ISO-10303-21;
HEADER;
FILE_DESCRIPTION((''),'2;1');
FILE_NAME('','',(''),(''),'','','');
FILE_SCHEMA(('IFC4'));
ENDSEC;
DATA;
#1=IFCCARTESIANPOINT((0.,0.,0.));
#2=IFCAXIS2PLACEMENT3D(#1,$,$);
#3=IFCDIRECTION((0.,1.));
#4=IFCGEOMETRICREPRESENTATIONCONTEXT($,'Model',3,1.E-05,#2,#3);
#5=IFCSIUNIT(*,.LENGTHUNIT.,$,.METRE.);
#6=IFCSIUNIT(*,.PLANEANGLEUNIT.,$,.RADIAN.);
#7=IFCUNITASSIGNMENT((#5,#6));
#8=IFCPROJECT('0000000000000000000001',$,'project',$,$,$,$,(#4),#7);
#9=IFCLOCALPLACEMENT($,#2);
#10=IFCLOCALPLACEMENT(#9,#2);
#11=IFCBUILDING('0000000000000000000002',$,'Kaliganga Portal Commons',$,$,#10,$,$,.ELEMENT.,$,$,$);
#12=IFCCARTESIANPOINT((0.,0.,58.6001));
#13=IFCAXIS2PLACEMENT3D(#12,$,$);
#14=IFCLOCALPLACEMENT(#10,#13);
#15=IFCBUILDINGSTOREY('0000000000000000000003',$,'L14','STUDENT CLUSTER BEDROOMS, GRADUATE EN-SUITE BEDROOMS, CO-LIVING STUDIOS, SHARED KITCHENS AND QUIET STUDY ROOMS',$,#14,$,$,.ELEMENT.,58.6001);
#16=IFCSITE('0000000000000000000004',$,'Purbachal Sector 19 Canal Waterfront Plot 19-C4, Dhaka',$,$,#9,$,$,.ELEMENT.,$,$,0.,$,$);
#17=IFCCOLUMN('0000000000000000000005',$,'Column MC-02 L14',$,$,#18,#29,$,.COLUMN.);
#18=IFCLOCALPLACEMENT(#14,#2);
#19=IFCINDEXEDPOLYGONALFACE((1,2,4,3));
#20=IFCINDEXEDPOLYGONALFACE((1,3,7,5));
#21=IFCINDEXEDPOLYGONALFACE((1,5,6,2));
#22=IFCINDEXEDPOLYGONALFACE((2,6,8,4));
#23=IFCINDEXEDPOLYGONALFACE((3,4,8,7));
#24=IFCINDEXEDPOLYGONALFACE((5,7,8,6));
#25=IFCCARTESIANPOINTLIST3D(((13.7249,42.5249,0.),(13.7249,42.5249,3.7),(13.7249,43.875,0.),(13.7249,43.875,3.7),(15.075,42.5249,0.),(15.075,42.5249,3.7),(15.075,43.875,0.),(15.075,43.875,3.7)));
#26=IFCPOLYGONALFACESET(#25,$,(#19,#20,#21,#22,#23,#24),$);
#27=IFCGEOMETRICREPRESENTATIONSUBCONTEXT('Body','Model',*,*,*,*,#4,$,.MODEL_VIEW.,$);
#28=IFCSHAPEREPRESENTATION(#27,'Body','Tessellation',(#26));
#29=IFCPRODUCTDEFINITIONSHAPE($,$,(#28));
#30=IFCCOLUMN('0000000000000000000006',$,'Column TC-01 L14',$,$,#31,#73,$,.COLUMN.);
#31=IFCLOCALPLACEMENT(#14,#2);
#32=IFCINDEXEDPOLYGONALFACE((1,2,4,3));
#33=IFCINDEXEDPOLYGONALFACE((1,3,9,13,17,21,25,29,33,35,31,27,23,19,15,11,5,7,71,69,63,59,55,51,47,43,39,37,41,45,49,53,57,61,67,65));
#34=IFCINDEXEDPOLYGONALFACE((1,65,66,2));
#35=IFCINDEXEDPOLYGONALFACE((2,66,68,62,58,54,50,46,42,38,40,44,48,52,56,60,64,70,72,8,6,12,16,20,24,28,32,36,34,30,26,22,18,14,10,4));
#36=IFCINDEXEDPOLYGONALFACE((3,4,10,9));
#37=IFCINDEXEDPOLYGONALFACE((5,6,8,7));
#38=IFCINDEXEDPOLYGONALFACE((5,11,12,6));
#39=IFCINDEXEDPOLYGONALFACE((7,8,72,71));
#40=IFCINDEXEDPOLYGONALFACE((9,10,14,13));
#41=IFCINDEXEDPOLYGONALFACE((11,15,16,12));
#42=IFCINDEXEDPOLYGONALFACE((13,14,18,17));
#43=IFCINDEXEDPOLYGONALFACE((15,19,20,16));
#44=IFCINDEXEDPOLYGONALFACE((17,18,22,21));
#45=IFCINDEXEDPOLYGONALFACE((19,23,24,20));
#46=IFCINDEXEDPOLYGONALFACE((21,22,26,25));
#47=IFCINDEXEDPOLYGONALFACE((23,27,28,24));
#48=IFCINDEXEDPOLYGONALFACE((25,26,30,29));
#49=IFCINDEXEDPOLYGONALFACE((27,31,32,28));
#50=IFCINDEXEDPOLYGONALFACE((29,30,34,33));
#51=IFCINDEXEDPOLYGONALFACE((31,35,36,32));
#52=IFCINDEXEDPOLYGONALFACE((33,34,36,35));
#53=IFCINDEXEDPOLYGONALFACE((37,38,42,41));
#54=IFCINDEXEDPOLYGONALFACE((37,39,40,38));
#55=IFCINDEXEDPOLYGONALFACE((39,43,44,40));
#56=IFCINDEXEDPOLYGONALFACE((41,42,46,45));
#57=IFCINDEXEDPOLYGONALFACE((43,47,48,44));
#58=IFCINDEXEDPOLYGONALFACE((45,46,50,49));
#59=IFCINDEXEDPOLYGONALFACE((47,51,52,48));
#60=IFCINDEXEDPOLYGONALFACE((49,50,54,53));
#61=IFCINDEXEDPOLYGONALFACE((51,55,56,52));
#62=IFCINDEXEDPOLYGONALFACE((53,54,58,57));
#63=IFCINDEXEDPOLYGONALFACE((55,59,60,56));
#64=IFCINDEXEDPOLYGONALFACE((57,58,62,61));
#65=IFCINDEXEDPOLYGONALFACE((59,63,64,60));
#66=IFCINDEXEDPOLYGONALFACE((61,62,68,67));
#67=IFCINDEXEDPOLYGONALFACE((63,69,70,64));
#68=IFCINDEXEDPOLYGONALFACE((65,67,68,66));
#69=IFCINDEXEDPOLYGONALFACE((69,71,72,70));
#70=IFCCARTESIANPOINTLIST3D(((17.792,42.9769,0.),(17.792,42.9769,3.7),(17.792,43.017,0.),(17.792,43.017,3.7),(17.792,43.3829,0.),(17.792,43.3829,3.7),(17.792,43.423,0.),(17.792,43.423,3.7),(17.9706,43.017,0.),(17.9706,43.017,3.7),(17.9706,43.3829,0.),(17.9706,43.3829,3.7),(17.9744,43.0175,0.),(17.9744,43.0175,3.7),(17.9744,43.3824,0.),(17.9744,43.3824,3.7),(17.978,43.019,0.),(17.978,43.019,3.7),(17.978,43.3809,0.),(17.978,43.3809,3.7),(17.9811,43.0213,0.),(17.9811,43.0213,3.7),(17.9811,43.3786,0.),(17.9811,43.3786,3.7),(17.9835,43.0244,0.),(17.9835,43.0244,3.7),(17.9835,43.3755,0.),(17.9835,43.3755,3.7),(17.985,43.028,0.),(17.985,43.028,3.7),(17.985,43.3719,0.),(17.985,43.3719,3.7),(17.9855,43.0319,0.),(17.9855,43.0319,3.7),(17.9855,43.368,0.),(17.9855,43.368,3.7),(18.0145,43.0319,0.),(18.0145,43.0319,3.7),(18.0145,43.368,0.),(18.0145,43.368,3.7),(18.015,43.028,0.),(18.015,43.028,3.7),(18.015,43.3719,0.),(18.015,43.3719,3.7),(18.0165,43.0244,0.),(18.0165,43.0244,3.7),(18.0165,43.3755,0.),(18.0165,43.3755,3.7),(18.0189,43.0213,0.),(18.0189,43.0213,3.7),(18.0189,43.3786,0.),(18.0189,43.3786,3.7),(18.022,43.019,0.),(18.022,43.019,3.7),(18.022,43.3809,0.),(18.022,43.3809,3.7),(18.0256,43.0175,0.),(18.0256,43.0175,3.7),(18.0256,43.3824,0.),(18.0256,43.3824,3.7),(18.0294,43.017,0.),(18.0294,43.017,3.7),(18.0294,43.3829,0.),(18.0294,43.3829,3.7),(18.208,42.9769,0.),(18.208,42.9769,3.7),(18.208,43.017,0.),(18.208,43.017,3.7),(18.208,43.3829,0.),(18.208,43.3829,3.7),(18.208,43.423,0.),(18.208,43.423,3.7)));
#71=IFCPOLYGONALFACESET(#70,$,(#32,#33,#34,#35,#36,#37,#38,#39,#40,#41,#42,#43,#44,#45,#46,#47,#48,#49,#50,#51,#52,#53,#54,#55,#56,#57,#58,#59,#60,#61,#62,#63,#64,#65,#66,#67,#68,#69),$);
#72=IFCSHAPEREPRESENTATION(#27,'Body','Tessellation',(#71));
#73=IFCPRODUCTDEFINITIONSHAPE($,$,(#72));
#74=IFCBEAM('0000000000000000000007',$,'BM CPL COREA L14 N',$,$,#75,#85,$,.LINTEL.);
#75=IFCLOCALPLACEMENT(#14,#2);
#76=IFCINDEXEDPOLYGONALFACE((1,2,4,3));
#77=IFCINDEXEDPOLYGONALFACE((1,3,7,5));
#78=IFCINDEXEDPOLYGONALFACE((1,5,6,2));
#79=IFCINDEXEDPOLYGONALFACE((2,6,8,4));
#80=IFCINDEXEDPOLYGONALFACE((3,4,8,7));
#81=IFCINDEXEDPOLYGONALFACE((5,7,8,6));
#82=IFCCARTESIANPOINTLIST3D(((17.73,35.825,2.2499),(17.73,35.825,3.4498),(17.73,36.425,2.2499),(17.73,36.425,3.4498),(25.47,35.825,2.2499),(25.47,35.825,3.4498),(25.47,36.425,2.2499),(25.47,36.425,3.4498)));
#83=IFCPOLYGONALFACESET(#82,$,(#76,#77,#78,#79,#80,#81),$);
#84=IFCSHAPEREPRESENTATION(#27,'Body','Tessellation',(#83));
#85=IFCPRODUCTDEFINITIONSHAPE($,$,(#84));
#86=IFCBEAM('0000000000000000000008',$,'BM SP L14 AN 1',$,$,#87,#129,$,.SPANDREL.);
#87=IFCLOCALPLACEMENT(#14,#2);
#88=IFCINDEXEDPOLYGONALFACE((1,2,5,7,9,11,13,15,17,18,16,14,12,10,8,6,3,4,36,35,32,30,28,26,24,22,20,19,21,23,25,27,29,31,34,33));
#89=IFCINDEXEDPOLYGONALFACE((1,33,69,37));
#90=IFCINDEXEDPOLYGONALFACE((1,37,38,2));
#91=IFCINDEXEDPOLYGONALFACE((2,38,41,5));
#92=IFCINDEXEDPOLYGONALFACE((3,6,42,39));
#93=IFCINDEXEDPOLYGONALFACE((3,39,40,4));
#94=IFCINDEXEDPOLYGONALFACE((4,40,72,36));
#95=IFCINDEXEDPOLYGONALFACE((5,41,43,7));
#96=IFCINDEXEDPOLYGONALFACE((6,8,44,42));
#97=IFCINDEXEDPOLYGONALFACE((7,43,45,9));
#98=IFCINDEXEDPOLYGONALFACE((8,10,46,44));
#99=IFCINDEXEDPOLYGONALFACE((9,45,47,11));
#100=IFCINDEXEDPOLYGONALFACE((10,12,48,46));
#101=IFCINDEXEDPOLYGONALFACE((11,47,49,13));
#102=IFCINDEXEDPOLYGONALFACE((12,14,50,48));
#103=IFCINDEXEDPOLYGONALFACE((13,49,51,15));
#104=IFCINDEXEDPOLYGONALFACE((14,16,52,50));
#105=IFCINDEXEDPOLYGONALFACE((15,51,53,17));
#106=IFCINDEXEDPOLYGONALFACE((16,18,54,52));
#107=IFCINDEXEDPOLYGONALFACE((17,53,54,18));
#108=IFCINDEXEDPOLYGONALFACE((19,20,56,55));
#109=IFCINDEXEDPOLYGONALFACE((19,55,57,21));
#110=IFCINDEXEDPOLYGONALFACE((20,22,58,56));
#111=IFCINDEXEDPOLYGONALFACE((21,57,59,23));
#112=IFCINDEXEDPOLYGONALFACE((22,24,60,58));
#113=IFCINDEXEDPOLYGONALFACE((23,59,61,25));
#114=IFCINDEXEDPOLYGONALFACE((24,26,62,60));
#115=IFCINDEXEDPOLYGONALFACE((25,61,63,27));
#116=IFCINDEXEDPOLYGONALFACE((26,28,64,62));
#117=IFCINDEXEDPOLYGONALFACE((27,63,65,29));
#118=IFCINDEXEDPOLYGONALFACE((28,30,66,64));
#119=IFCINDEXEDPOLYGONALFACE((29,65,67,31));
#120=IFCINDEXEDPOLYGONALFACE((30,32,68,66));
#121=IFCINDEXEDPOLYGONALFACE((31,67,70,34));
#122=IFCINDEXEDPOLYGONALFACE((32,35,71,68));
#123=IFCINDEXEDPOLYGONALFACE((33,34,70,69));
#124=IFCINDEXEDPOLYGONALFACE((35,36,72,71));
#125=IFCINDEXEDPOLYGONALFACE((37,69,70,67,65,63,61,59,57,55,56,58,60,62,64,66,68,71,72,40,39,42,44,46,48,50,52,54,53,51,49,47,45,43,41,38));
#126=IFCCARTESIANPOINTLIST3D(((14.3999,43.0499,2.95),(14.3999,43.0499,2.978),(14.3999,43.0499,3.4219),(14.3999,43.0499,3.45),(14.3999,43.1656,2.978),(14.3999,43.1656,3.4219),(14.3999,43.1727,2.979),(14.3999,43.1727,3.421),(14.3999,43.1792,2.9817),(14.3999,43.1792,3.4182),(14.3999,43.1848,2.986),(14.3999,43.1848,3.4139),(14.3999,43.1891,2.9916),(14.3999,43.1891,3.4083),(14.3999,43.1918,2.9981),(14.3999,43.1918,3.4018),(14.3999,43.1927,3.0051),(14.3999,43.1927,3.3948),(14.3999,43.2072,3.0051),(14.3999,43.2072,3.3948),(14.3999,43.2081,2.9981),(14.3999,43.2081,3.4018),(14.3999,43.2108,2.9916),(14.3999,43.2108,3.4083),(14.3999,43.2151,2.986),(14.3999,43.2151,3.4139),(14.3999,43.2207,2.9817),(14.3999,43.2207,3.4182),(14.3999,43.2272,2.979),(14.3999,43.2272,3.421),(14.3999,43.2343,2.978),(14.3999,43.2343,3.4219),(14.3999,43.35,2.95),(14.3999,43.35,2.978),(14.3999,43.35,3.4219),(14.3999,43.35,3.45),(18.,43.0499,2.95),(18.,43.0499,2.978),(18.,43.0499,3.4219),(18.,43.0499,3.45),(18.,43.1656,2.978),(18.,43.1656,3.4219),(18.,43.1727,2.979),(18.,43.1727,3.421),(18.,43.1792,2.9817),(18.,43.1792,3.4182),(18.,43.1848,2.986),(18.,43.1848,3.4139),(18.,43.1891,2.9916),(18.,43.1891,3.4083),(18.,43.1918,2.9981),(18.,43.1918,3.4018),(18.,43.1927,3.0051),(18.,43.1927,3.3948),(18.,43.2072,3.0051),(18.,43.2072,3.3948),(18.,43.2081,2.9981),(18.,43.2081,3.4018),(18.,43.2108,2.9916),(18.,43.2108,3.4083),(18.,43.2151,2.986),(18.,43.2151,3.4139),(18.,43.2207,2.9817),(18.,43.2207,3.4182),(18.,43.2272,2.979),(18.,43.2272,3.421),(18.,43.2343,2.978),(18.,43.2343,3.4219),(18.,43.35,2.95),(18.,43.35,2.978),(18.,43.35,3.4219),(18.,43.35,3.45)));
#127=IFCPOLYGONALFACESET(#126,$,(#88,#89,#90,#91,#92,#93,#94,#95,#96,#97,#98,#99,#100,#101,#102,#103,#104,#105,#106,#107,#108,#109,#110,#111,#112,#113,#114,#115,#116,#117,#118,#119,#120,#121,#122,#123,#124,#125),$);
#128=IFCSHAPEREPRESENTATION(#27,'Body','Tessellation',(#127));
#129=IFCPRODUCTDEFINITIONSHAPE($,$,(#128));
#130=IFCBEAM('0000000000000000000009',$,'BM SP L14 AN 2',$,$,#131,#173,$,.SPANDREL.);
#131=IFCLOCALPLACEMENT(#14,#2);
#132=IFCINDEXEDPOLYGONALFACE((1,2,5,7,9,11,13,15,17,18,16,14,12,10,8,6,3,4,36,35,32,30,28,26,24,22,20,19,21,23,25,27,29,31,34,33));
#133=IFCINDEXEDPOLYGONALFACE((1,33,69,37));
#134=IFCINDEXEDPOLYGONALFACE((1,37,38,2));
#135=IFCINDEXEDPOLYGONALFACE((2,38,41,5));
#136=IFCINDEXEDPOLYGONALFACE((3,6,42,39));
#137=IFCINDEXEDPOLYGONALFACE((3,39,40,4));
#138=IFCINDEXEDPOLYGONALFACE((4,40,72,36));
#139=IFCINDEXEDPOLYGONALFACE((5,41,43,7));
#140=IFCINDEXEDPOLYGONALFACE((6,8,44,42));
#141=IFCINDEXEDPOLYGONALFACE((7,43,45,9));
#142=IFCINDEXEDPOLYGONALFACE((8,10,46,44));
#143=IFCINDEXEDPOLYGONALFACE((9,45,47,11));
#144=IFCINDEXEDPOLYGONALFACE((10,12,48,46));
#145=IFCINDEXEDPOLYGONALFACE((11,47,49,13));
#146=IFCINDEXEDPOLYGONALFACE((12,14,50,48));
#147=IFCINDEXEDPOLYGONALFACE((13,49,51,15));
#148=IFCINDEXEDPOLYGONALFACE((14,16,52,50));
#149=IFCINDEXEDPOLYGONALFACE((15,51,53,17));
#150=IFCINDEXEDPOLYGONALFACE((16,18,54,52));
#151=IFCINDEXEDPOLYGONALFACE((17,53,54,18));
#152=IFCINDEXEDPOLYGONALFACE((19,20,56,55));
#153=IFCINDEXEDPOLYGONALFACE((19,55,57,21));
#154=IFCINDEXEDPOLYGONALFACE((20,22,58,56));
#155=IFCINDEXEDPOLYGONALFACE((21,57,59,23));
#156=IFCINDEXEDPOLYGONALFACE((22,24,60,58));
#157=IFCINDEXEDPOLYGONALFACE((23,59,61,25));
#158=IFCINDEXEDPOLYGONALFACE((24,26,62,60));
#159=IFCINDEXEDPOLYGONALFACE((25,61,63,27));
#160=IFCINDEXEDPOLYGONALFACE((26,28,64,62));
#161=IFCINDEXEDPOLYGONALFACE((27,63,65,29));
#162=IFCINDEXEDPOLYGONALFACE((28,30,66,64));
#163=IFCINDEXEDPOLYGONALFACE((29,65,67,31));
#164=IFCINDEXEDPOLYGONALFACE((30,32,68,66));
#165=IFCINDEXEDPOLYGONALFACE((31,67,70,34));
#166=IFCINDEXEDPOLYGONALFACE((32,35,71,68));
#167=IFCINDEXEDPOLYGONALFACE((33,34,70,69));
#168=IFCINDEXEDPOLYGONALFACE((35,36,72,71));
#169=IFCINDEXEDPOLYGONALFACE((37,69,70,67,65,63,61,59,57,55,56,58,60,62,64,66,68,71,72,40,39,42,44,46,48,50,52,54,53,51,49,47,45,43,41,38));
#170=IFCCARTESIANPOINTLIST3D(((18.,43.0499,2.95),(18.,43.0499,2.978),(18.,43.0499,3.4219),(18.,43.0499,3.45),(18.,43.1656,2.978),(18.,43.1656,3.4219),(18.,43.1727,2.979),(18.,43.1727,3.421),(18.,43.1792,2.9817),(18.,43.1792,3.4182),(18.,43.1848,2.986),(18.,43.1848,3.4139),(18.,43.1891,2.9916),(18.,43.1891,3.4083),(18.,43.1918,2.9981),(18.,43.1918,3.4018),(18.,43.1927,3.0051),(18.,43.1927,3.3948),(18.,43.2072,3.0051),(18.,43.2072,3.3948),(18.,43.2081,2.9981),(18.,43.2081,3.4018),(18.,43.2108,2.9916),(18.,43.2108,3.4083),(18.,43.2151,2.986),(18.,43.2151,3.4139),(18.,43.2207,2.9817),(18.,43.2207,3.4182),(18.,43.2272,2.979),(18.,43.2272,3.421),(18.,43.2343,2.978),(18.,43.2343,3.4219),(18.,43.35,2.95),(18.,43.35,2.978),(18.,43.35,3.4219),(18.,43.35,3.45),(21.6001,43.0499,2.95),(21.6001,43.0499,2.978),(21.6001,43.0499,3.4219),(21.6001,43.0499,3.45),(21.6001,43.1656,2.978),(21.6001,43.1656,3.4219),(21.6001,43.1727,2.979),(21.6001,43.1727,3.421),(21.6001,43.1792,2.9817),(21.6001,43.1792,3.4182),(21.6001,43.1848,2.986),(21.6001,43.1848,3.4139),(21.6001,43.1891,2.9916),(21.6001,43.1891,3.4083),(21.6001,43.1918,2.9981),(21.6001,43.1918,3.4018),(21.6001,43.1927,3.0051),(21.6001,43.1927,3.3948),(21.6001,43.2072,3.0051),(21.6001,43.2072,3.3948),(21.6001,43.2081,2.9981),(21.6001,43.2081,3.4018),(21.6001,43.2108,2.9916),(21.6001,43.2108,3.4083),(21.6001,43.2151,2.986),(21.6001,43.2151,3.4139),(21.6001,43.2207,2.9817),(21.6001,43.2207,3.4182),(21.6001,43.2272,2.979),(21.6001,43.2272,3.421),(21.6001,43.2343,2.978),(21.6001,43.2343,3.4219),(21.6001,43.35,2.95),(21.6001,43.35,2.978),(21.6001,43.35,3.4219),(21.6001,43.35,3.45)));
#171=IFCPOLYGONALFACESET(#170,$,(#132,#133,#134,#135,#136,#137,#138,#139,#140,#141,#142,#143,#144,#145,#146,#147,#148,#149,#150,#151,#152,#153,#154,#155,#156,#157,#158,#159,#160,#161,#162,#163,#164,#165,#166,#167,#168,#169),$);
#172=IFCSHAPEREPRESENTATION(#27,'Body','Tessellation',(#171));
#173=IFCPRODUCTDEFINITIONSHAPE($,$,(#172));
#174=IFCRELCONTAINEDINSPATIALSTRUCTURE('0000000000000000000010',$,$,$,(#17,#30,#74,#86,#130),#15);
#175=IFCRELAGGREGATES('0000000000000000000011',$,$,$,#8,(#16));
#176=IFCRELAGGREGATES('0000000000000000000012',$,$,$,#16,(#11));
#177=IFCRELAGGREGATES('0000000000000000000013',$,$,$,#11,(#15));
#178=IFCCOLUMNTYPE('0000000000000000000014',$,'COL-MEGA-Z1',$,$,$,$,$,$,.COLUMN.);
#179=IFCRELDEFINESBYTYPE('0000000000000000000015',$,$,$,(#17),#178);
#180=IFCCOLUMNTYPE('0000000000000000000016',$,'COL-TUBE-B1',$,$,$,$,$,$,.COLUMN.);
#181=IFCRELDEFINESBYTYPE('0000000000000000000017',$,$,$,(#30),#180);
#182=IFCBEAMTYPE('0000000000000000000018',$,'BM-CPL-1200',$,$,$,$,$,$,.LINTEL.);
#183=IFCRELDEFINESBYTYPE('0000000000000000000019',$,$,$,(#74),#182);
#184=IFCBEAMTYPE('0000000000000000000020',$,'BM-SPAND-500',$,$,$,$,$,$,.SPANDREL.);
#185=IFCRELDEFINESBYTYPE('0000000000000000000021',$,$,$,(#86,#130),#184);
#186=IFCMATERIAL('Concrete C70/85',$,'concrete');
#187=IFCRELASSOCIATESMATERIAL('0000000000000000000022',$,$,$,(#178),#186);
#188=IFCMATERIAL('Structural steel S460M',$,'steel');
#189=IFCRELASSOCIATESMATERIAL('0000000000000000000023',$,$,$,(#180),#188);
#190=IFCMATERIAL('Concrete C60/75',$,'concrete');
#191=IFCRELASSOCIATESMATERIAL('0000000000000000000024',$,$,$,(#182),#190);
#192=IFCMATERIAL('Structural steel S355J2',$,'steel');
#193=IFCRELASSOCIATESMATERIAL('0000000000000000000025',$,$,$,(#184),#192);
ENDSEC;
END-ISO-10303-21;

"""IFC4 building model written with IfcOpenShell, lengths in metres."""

from ifc_helpers import new_model, si_unit, direction, frame, origin, origin_2d, place, context, subcontext, project, spatial, rectangle, i_section, extrude, source, transform, mapped, material, material_profile, profile_set, type_object, element, save


model = new_model("IFC4")

# Units and contexts
model_context = context("Model", 3, precision=1e-05, world=origin(), true_north=direction((0.0, 1.0)))
body_context = subcontext(model_context, "Body", "Model", "MODEL_VIEW")
ifc_project = project(units=[si_unit("LENGTHUNIT", "METRE"), si_unit("PLANEANGLEUNIT", "RADIAN")], contexts=[model_context])

# Site, building, storey
site_placement = place(None, origin())
site = spatial("IfcSite", under=ifc_project, at=site_placement, Name="Purbachal Sector 19 Canal Waterfront Plot 19-C4, Dhaka", CompositionType="ELEMENT", RefElevation=0.0)
building_placement = place(site_placement, origin())
building = spatial("IfcBuilding", under=site, at=building_placement, Name="Kaliganga Portal Commons", CompositionType="ELEMENT")
storey_placement = place(building_placement, frame((0.0, 0.0, 58.6001)))
storey = spatial("IfcBuildingStorey", under=building, at=storey_placement, Name="L14", Description="STUDENT CLUSTER BEDROOMS, GRADUATE EN-SUITE BEDROOMS, CO-LIVING STUDIOS, SHARED KITCHENS AND QUIET STUDY ROOMS", CompositionType="ELEMENT", Elevation=58.6001)

# Columns
ifc_material_1 = material(Name="Concrete C70/85", Category="concrete")
ifc_material_profile_1 = material_profile(ifc_material_1, rectangle(XDim=1.3501, YDim=1.3501, at=origin_2d()), Name="RC 1350x1350")
ifc_profile_set_1 = profile_set([ifc_material_profile_1], Name="Concrete C70/85")
column_type_1 = type_object("IfcColumnType", Name="COL-MEGA-Z1", PredefinedType="COLUMN", material=ifc_profile_set_1)
shared_shape_1 = source(origin(), body_context, "Body", "SweptSolid", [
    extrude(rectangle(XDim=1.3501, YDim=1.3501, at=origin_2d()), origin(), (0.0, 0.0, 1.0), 3.7),
])
column_1_placement = place(storey_placement, frame((14.3999, 43.2, 0.0), z_axis=(0.0, 0.0, 1.0), x_axis=(1.0, 0.0, 0.0)))
element("IfcColumn", 1, at=column_1_placement, inside=storey, type_object=column_type_1, Name="Column MC-02 L14", PredefinedType="COLUMN", context=body_context, shape_type="MappedRepresentation", body=[
    mapped(shared_shape_1, transform((0.0, 0.0, 0.0), x_axis=(1.0, 0.0, 0.0), y_axis=(0.0, 1.0, 0.0), z_axis=(0.0, 0.0, 1.0), scale=1.0)),
])
ifc_material_2 = material(Name="Structural steel S460M", Category="steel")
ifc_material_profile_2 = material_profile(ifc_material_2, i_section(OverallWidth=0.416, OverallDepth=0.446, WebThickness=0.0291, FlangeThickness=0.04, FilletRadius=0.0149, at=origin_2d()), Name="HD 400x509")
ifc_profile_set_2 = profile_set([ifc_material_profile_2], Name="Structural steel S460M wide-flange")
column_type_2 = type_object("IfcColumnType", Name="COL-TUBE-B1", PredefinedType="COLUMN", material=ifc_profile_set_2)
shared_shape_2 = source(origin(), body_context, "Body", "SweptSolid", [
    extrude(i_section(OverallWidth=0.416, OverallDepth=0.446, WebThickness=0.0291, FlangeThickness=0.04, FilletRadius=0.0149, at=origin_2d()), origin(), (0.0, 0.0, 1.0), 3.7),
])
column_2_placement = place(storey_placement, frame((18.0, 43.2, 0.0), z_axis=(0.0, 0.0, 1.0), x_axis=(1.0, 0.0, 0.0)))
element("IfcColumn", 2, at=column_2_placement, inside=storey, type_object=column_type_2, Name="Column TC-01 L14", PredefinedType="COLUMN", context=body_context, shape_type="MappedRepresentation", body=[
    mapped(shared_shape_2, transform((0.0, 0.0, 0.0), x_axis=(1.0, 0.0, 0.0), y_axis=(0.0, 1.0, 0.0), z_axis=(0.0, 0.0, 1.0), scale=1.0)),
])

# Beams
ifc_material_3 = material(Name="Concrete C60/75", Category="concrete")
ifc_material_profile_3 = material_profile(ifc_material_3, rectangle(XDim=0.6001, YDim=1.2, at=origin_2d()), Name="RC 600x1200")
ifc_profile_set_3 = profile_set([ifc_material_profile_3], Name="Concrete C60/75")
beam_type_1 = type_object("IfcBeamType", Name="BM-CPL-1200", PredefinedType="LINTEL", material=ifc_profile_set_3)
shared_shape_3 = source(origin(), body_context, "Body", "SweptSolid", [
    extrude(rectangle(XDim=0.6001, YDim=1.2, at=origin_2d()), origin(), (0.0, 0.0, 1.0), 7.74),
])
beam_1_placement = place(storey_placement, frame((17.73, 36.125, 2.8499), z_axis=(1.0, 0.0, 0.0), x_axis=(0.0, 1.0, 0.0)))
element("IfcBeam", 3, at=beam_1_placement, inside=storey, type_object=beam_type_1, Name="BM CPL COREA L14 N", PredefinedType="LINTEL", context=body_context, shape_type="MappedRepresentation", body=[
    mapped(shared_shape_3, transform((0.0, 0.0, 0.0), x_axis=(1.0, 0.0, 0.0), y_axis=(0.0, 1.0, 0.0), z_axis=(0.0, 0.0, 1.0), scale=1.0)),
])
ifc_material_4 = material(Name="Structural steel S355J2", Category="steel")
ifc_material_profile_4 = material_profile(ifc_material_4, i_section(OverallWidth=0.3, OverallDepth=0.5, WebThickness=0.0144, FlangeThickness=0.0281, FilletRadius=0.0271, at=origin_2d()), Name="HE 500 B")
ifc_profile_set_4 = profile_set([ifc_material_profile_4], Name="Structural steel S355J2 wide-flange")
beam_type_2 = type_object("IfcBeamType", Name="BM-SPAND-500", PredefinedType="SPANDREL", material=ifc_profile_set_4)
shared_shape_4 = source(origin(), body_context, "Body", "SweptSolid", [
    extrude(i_section(OverallWidth=0.3, OverallDepth=0.5, WebThickness=0.0144, FlangeThickness=0.0281, FilletRadius=0.0271, at=origin_2d()), origin(), (0.0, 0.0, 1.0), 3.6001),
])
for number, where, z_axis, x_axis, name in (
    (4, (14.3999, 43.2, 3.2), (1.0, 0.0, 0.0), (0.0, 1.0, 0.0), "BM SP L14 AN 1"),
    (5, (18.0, 43.2, 3.2), (1.0, 0.0, 0.0), (0.0, 1.0, 0.0), "BM SP L14 AN 2"),
):
    element("IfcBeam", number, at=place(storey_placement, frame(where, z_axis=z_axis, x_axis=x_axis)), inside=storey, type_object=beam_type_2, Name=name, PredefinedType="SPANDREL", context=body_context, shape_type="MappedRepresentation", body=[
        mapped(shared_shape_4, transform((0.0, 0.0, 0.0), x_axis=(1.0, 0.0, 0.0), y_axis=(0.0, 1.0, 0.0), z_axis=(0.0, 0.0, 1.0), scale=1.0)),
    ])

save(model, "model.ifc")
